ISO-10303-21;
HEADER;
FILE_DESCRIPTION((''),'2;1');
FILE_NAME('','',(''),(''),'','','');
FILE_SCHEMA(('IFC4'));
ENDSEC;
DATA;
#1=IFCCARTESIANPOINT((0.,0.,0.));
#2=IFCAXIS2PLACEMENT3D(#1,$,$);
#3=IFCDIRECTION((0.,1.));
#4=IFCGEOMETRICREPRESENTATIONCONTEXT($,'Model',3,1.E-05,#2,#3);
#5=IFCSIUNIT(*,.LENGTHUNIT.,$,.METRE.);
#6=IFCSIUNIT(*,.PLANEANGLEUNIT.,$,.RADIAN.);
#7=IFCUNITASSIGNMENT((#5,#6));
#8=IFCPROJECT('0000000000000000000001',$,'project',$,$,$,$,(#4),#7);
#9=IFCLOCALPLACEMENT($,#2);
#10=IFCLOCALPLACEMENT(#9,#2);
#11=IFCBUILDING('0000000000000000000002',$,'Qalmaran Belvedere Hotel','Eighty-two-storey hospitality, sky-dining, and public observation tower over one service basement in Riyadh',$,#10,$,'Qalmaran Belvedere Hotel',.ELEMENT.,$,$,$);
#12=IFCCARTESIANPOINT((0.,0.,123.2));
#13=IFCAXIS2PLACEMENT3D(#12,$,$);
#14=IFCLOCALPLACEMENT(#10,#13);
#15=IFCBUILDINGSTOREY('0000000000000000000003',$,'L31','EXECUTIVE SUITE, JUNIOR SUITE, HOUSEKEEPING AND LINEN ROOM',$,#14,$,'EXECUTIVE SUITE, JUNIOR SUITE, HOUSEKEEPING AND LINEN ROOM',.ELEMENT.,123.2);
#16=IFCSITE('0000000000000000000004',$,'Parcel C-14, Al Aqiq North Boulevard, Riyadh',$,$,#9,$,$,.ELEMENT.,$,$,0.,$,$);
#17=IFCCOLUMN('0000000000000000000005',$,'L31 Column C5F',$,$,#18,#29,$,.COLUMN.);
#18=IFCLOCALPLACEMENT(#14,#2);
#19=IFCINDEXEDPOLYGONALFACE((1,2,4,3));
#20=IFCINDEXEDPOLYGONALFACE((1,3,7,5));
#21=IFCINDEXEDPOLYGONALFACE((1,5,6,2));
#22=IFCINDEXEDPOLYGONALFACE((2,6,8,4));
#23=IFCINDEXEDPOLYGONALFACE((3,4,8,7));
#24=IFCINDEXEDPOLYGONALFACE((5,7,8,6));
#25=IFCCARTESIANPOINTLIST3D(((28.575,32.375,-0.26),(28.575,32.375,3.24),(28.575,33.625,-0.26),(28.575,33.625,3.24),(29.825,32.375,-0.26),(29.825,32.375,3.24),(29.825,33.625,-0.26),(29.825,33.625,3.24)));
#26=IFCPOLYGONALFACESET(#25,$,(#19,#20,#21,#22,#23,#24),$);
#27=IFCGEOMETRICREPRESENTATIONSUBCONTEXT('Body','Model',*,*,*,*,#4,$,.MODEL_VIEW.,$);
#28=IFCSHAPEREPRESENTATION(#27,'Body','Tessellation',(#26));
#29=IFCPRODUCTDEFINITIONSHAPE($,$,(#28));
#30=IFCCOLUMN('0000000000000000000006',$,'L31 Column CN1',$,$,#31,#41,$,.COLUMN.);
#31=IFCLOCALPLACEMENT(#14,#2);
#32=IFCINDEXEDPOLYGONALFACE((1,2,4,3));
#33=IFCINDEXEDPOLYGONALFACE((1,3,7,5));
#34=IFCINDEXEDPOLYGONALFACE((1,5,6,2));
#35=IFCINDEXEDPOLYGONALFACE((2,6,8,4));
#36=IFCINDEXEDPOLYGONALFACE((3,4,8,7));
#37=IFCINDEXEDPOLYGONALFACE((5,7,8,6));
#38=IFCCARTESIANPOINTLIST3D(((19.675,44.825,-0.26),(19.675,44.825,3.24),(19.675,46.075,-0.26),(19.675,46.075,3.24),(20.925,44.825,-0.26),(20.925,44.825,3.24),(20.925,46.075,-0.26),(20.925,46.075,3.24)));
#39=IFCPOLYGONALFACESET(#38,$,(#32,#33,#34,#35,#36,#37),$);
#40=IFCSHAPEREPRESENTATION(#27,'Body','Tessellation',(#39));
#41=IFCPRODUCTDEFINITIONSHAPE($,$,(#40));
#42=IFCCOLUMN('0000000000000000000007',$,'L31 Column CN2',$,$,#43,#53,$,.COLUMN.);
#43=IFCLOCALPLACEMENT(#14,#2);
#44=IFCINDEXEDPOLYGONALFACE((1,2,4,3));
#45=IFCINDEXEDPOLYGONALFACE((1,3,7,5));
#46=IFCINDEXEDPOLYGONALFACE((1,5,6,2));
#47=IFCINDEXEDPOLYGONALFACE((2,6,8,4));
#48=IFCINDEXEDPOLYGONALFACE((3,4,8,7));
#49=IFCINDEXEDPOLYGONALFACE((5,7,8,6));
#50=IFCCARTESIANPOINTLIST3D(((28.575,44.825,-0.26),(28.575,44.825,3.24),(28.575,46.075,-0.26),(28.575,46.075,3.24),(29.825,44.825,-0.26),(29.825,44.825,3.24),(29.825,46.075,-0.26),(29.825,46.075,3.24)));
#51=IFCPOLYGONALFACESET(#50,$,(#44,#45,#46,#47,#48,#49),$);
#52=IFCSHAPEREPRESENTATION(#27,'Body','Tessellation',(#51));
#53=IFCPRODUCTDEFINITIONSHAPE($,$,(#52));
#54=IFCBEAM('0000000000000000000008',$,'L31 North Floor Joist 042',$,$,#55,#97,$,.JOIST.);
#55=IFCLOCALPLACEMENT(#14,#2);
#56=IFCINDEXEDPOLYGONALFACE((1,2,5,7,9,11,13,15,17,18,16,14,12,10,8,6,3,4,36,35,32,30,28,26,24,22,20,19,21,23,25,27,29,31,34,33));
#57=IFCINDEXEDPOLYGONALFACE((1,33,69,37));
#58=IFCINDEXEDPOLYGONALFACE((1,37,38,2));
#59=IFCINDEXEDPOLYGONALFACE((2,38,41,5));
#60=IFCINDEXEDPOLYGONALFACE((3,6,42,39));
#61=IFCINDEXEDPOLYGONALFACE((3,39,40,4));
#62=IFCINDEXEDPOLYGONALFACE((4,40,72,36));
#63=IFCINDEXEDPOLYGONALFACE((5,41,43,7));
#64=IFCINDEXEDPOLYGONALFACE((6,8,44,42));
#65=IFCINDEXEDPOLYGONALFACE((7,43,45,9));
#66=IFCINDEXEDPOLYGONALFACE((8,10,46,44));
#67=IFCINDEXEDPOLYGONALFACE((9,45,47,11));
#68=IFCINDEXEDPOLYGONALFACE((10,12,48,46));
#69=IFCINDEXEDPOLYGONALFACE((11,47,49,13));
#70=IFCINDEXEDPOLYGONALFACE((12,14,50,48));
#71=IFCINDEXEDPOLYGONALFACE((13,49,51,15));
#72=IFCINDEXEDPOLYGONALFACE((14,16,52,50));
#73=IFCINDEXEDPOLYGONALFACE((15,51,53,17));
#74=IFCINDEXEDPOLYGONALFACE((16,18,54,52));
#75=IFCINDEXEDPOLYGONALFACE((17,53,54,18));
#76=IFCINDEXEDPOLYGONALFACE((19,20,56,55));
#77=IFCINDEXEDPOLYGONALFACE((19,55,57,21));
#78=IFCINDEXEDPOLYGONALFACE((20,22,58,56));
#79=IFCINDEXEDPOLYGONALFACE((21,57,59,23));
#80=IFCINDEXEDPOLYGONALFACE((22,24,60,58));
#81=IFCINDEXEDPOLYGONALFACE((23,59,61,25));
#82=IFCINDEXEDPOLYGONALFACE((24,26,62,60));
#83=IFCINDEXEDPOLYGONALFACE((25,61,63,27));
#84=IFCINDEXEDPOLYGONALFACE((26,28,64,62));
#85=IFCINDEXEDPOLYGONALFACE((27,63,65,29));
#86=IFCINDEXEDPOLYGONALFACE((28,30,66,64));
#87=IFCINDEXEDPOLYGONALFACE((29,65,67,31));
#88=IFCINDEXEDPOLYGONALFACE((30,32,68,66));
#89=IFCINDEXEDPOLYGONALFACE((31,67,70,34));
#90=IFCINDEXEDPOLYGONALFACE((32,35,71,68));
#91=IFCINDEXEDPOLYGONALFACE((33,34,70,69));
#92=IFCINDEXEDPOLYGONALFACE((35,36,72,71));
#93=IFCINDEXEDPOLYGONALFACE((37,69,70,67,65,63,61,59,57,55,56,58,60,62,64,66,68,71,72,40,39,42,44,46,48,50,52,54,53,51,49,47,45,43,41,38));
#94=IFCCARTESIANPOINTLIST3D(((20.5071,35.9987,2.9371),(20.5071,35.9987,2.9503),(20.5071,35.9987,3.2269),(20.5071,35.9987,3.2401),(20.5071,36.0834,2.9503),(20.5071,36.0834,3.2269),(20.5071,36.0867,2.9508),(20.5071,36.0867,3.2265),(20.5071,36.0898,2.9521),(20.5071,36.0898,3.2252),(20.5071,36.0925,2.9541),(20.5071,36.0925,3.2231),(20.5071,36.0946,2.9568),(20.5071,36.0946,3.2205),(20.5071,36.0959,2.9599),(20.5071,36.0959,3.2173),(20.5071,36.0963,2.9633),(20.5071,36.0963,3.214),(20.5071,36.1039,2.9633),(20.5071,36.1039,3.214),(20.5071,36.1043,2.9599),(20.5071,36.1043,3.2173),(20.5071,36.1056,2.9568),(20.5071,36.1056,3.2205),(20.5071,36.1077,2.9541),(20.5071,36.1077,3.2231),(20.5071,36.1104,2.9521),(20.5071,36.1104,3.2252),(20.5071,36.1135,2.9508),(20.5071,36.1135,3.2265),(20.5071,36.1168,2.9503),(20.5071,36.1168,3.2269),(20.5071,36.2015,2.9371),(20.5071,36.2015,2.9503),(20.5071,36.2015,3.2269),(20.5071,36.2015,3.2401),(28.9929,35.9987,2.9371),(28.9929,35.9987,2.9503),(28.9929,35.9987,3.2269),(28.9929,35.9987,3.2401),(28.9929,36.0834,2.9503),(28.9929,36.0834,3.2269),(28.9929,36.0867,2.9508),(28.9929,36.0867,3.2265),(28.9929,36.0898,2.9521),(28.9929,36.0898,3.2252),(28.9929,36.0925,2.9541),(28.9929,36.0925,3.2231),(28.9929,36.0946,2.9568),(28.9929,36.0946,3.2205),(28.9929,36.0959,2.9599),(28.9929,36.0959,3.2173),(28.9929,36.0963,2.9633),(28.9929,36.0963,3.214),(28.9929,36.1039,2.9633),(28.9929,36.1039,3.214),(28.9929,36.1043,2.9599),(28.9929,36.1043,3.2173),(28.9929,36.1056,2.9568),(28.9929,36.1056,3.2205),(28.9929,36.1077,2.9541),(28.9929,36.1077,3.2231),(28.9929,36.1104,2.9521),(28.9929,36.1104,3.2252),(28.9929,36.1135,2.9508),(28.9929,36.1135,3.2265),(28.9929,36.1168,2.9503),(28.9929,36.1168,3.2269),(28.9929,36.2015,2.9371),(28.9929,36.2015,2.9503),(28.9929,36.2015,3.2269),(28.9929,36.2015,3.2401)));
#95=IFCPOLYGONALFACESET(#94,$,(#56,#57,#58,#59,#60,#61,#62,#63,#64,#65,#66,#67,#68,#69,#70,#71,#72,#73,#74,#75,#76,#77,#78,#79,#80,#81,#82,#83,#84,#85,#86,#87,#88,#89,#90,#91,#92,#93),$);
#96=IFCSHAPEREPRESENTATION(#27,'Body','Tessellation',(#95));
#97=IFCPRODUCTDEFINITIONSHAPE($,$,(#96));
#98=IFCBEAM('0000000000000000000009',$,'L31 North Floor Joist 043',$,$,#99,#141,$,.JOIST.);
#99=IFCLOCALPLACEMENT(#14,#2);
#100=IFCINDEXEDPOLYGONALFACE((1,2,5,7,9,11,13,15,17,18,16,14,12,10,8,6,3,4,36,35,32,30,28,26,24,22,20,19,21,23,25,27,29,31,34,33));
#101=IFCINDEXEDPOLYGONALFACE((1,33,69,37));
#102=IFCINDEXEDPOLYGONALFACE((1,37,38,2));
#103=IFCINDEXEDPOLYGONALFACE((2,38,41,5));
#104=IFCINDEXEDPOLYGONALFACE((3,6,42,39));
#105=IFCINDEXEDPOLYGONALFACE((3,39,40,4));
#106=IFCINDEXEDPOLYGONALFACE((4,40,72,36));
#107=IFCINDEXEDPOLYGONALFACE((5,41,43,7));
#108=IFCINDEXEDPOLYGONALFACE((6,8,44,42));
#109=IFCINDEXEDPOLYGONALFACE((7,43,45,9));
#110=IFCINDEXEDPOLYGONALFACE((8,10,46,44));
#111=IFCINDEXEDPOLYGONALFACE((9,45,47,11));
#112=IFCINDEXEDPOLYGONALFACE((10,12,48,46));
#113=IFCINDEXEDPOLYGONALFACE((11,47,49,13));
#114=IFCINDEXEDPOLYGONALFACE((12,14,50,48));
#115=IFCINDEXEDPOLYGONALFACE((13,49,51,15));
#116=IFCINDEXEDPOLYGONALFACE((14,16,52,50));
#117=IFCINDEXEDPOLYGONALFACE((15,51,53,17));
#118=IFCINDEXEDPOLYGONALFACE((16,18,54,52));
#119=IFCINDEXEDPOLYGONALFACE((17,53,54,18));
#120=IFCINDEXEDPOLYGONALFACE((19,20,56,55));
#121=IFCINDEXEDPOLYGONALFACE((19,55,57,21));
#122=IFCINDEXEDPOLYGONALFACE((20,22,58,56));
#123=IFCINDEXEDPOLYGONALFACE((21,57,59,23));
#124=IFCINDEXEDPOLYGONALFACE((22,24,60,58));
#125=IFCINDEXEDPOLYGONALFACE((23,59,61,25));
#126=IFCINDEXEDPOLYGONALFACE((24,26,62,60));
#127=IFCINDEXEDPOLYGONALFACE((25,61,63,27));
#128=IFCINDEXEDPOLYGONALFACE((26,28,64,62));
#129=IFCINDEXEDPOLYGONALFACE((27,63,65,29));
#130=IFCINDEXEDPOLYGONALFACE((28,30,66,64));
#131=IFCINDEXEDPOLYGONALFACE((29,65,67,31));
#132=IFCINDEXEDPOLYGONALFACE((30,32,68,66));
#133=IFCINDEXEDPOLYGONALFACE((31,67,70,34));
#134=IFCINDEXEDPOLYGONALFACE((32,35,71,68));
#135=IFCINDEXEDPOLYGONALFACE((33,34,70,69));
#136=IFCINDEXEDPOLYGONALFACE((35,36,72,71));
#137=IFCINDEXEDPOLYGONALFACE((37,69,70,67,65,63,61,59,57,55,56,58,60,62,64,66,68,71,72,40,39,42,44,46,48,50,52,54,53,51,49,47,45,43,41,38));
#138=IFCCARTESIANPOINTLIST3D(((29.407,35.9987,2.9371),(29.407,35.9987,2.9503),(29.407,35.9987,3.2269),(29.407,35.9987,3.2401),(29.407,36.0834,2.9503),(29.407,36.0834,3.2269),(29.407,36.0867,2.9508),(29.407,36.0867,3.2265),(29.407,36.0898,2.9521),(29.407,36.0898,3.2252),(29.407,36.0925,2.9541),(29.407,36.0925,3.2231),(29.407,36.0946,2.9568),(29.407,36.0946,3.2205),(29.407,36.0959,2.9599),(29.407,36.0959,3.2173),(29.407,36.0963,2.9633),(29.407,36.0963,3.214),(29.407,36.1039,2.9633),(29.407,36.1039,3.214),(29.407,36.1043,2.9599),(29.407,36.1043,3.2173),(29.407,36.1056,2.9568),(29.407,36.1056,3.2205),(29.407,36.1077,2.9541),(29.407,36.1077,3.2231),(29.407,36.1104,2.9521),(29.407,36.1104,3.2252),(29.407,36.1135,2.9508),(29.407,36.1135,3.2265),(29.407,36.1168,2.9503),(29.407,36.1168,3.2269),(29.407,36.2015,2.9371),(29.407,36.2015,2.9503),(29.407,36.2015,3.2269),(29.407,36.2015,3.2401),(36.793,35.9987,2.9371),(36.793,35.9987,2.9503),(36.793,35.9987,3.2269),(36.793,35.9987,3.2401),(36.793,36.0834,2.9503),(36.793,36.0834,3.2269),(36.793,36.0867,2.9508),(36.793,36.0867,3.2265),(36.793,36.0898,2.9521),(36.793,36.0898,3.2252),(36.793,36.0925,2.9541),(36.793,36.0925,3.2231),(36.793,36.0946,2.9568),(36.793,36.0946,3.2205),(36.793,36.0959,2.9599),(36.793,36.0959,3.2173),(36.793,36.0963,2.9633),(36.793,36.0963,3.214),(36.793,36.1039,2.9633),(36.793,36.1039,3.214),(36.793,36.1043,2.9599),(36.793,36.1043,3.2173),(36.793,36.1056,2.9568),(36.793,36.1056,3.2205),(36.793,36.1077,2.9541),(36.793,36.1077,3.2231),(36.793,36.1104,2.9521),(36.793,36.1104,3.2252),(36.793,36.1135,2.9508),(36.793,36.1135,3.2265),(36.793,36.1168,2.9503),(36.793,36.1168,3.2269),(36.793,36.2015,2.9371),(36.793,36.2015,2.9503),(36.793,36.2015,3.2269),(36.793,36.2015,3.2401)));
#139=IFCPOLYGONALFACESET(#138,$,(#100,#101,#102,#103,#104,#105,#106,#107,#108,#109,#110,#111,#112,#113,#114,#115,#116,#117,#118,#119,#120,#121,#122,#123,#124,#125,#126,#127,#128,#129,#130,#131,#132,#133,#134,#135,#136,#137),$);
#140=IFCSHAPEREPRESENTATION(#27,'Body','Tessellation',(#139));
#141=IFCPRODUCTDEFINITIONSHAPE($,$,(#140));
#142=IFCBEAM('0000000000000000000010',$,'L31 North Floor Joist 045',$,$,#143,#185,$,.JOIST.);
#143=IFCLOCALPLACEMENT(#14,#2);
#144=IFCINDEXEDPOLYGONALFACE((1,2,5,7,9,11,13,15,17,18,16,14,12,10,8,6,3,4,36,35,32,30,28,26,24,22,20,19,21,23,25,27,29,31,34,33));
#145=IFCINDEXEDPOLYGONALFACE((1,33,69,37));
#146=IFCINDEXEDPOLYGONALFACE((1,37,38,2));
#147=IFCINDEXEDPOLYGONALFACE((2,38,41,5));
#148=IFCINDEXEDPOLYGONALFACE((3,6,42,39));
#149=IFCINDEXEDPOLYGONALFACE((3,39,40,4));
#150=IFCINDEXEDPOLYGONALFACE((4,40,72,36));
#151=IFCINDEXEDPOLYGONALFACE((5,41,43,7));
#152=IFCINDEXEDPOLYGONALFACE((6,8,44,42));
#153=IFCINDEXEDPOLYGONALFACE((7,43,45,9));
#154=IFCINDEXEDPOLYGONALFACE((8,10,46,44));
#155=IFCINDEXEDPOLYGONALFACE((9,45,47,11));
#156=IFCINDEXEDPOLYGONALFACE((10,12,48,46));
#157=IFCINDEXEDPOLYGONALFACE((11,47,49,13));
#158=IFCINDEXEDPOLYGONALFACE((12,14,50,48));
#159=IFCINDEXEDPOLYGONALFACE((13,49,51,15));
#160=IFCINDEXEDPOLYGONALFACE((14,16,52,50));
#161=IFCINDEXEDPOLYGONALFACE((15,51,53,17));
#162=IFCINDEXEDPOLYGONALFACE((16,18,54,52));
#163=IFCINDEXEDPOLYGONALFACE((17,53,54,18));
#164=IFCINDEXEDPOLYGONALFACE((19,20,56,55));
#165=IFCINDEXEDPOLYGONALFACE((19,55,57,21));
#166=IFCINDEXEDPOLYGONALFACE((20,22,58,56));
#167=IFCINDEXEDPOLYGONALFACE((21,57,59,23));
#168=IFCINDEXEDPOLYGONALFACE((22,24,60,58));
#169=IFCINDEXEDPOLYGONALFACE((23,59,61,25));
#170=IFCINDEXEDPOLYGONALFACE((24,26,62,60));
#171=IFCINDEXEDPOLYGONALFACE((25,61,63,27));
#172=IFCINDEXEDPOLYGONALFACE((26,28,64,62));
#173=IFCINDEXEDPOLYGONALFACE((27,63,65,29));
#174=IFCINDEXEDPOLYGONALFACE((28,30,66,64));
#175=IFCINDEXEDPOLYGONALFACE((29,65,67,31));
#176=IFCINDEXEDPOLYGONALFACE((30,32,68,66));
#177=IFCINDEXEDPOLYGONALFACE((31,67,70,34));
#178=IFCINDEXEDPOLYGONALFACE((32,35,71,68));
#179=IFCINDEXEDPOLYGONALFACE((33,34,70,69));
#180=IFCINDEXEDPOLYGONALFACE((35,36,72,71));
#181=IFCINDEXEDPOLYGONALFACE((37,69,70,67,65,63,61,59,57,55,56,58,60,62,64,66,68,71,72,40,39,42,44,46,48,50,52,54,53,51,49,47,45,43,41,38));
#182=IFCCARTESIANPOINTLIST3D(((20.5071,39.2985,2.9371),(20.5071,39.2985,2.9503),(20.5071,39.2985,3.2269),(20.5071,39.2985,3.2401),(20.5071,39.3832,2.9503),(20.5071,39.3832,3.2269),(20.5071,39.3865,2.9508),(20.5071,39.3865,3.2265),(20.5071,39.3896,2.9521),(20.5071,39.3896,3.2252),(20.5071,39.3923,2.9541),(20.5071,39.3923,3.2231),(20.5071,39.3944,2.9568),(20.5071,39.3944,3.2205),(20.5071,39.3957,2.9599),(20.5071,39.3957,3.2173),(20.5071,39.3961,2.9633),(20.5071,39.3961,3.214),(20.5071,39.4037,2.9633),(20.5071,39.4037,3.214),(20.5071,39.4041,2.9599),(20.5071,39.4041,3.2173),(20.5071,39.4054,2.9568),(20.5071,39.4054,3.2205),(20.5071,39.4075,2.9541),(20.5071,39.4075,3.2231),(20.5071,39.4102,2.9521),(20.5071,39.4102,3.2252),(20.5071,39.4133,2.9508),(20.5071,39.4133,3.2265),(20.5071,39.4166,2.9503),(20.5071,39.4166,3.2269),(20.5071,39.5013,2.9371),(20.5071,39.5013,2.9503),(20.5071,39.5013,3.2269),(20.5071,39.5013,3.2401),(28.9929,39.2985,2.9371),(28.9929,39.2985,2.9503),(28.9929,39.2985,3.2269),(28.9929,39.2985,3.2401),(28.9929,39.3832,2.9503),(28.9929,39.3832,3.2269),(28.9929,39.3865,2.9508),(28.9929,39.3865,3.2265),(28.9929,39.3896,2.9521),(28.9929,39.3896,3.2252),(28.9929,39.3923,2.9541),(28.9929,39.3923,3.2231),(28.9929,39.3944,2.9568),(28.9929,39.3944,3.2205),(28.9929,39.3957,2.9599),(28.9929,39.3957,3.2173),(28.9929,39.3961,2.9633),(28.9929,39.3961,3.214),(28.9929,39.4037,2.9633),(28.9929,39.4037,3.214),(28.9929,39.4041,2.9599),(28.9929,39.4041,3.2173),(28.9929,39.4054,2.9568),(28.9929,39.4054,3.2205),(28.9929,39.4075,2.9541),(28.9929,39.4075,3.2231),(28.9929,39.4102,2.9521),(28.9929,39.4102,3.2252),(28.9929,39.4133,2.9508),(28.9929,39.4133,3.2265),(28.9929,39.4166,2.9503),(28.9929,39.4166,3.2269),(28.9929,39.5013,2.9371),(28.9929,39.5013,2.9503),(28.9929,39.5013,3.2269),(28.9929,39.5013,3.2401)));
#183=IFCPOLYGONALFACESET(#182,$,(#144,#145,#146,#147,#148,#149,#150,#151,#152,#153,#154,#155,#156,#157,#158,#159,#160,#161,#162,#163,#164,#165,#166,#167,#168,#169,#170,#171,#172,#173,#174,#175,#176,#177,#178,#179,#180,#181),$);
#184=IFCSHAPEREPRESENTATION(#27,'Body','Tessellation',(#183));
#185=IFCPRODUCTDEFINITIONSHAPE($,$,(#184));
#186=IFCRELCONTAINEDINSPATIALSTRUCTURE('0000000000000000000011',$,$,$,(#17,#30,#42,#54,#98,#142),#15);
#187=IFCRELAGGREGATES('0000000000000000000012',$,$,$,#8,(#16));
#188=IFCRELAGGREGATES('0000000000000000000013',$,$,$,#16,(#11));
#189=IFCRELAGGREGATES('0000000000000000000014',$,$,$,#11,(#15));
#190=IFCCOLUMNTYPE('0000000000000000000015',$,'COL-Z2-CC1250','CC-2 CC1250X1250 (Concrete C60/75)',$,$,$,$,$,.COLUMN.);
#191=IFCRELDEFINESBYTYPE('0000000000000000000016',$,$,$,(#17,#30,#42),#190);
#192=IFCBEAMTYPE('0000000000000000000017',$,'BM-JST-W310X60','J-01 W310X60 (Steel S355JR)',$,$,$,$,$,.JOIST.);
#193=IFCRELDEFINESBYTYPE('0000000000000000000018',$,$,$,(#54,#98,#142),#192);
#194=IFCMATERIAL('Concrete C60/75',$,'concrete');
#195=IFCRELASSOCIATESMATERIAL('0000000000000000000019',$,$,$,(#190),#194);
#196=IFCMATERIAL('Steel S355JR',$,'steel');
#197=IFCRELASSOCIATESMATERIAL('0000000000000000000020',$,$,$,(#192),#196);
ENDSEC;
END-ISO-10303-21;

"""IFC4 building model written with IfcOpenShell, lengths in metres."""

from ifc_helpers import new_model, si_unit, direction, frame, origin, origin_2d, place, context, subcontext, project, spatial, rectangle, i_section, extrude, material, material_profile, profile_set, type_object, element, save


model = new_model("IFC4")

# Units and contexts
model_context = context("Model", 3, precision=1e-05, world=origin(), true_north=direction((0.0, 1.0)))
body_context = subcontext(model_context, "Body", "Model", "MODEL_VIEW")
ifc_project = project(units=[si_unit("LENGTHUNIT", "METRE"), si_unit("PLANEANGLEUNIT", "RADIAN")], contexts=[model_context])

# Site, building, storey
site_placement = place(None, origin())
site = spatial("IfcSite", under=ifc_project, at=site_placement, Name="Parcel C-14, Al Aqiq North Boulevard, Riyadh", CompositionType="ELEMENT", RefElevation=0.0)
building_placement = place(site_placement, origin())
building = spatial("IfcBuilding", under=site, at=building_placement, Name="Qalmaran Belvedere Hotel", Description="Eighty-two-storey hospitality, sky-dining, and public observation tower over one service basement in Riyadh", LongName="Qalmaran Belvedere Hotel", CompositionType="ELEMENT")
storey_placement = place(building_placement, frame((0.0, 0.0, 123.2)))
storey = spatial("IfcBuildingStorey", under=building, at=storey_placement, Name="L31", Description="EXECUTIVE SUITE, JUNIOR SUITE, HOUSEKEEPING AND LINEN ROOM", LongName="EXECUTIVE SUITE, JUNIOR SUITE, HOUSEKEEPING AND LINEN ROOM", CompositionType="ELEMENT", Elevation=123.2)

# Columns
ifc_material_1 = material(Name="Concrete C60/75", Category="concrete")
ifc_material_profile_1 = material_profile(ifc_material_1, rectangle(XDim=1.25, YDim=1.25, at=origin_2d()), Name="CC1250X1250")
ifc_profile_set_1 = profile_set([ifc_material_profile_1], Name="Concrete C60/75")
column_type = type_object("IfcColumnType", Name="COL-Z2-CC1250", Description="CC-2 CC1250X1250 (Concrete C60/75)", PredefinedType="COLUMN", material=ifc_profile_set_1)
for number, where, z_axis, x_axis, name in (
    (1, (29.2, 33.0, -0.26), (0.0, 0.0, 1.0), (1.0, 0.0, 0.0), "L31 Column C5F"),
    (2, (20.3, 45.45, -0.26), (0.0, 0.0, 1.0), (1.0, 0.0, 0.0), "L31 Column CN1"),
    (3, (29.2, 45.45, -0.26), (0.0, 0.0, 1.0), (1.0, 0.0, 0.0), "L31 Column CN2"),
):
    element("IfcColumn", number, at=place(storey_placement, frame(where, z_axis=z_axis, x_axis=x_axis)), inside=storey, type_object=column_type, Name=name, PredefinedType="COLUMN", context=body_context, shape_type="SweptSolid", body=[
        extrude(rectangle(XDim=1.25, YDim=1.25, at=origin_2d()), origin(), (0.0, 0.0, 1.0), 3.5),
    ])

# Beams
ifc_material_2 = material(Name="Steel S355JR", Category="steel")
ifc_material_profile_2 = material_profile(ifc_material_2, i_section(OverallWidth=0.2029, OverallDepth=0.303, WebThickness=0.0076, FlangeThickness=0.0132, FilletRadius=0.0129, at=origin_2d()), Name="W310X60")
ifc_profile_set_2 = profile_set([ifc_material_profile_2], Name="Steel S355JR")
beam_type_1 = type_object("IfcBeamType", Name="BM-JST-W310X60", Description="J-01 W310X60 (Steel S355JR)", PredefinedType="JOIST", material=ifc_profile_set_2)
beam_1_placement = place(storey_placement, frame((20.5071, 36.1001, 3.0886), z_axis=(1.0, 0.0, 0.0), x_axis=(0.0, 1.0, 0.0)))
element("IfcBeam", 4, at=beam_1_placement, inside=storey, type_object=beam_type_1, Name="L31 North Floor Joist 042", PredefinedType="JOIST", context=body_context, shape_type="SweptSolid", body=[
    extrude(i_section(OverallWidth=0.2029, OverallDepth=0.303, WebThickness=0.0076, FlangeThickness=0.0132, FilletRadius=0.0129, at=origin_2d()), origin(), (0.0, 0.0, 1.0), 8.4858),
])
beam_2_placement = place(storey_placement, frame((29.407, 36.1001, 3.0886), z_axis=(1.0, 0.0, 0.0), x_axis=(0.0, 1.0, 0.0)))
element("IfcBeam", 5, at=beam_2_placement, inside=storey, type_object=beam_type_1, Name="L31 North Floor Joist 043", PredefinedType="JOIST", context=body_context, shape_type="SweptSolid", body=[
    extrude(i_section(OverallWidth=0.2029, OverallDepth=0.303, WebThickness=0.0076, FlangeThickness=0.0132, FilletRadius=0.0129, at=origin_2d()), origin(), (0.0, 0.0, 1.0), 7.386),
])
beam_3_placement = place(storey_placement, frame((20.5071, 39.3999, 3.0886), z_axis=(1.0, 0.0, 0.0), x_axis=(0.0, 1.0, 0.0)))
element("IfcBeam", 6, at=beam_3_placement, inside=storey, type_object=beam_type_1, Name="L31 North Floor Joist 045", PredefinedType="JOIST", context=body_context, shape_type="SweptSolid", body=[
    extrude(i_section(OverallWidth=0.2029, OverallDepth=0.303, WebThickness=0.0076, FlangeThickness=0.0132, FilletRadius=0.0129, at=origin_2d()), origin(), (0.0, 0.0, 1.0), 8.4858),
])

save(model, "model.ifc")
